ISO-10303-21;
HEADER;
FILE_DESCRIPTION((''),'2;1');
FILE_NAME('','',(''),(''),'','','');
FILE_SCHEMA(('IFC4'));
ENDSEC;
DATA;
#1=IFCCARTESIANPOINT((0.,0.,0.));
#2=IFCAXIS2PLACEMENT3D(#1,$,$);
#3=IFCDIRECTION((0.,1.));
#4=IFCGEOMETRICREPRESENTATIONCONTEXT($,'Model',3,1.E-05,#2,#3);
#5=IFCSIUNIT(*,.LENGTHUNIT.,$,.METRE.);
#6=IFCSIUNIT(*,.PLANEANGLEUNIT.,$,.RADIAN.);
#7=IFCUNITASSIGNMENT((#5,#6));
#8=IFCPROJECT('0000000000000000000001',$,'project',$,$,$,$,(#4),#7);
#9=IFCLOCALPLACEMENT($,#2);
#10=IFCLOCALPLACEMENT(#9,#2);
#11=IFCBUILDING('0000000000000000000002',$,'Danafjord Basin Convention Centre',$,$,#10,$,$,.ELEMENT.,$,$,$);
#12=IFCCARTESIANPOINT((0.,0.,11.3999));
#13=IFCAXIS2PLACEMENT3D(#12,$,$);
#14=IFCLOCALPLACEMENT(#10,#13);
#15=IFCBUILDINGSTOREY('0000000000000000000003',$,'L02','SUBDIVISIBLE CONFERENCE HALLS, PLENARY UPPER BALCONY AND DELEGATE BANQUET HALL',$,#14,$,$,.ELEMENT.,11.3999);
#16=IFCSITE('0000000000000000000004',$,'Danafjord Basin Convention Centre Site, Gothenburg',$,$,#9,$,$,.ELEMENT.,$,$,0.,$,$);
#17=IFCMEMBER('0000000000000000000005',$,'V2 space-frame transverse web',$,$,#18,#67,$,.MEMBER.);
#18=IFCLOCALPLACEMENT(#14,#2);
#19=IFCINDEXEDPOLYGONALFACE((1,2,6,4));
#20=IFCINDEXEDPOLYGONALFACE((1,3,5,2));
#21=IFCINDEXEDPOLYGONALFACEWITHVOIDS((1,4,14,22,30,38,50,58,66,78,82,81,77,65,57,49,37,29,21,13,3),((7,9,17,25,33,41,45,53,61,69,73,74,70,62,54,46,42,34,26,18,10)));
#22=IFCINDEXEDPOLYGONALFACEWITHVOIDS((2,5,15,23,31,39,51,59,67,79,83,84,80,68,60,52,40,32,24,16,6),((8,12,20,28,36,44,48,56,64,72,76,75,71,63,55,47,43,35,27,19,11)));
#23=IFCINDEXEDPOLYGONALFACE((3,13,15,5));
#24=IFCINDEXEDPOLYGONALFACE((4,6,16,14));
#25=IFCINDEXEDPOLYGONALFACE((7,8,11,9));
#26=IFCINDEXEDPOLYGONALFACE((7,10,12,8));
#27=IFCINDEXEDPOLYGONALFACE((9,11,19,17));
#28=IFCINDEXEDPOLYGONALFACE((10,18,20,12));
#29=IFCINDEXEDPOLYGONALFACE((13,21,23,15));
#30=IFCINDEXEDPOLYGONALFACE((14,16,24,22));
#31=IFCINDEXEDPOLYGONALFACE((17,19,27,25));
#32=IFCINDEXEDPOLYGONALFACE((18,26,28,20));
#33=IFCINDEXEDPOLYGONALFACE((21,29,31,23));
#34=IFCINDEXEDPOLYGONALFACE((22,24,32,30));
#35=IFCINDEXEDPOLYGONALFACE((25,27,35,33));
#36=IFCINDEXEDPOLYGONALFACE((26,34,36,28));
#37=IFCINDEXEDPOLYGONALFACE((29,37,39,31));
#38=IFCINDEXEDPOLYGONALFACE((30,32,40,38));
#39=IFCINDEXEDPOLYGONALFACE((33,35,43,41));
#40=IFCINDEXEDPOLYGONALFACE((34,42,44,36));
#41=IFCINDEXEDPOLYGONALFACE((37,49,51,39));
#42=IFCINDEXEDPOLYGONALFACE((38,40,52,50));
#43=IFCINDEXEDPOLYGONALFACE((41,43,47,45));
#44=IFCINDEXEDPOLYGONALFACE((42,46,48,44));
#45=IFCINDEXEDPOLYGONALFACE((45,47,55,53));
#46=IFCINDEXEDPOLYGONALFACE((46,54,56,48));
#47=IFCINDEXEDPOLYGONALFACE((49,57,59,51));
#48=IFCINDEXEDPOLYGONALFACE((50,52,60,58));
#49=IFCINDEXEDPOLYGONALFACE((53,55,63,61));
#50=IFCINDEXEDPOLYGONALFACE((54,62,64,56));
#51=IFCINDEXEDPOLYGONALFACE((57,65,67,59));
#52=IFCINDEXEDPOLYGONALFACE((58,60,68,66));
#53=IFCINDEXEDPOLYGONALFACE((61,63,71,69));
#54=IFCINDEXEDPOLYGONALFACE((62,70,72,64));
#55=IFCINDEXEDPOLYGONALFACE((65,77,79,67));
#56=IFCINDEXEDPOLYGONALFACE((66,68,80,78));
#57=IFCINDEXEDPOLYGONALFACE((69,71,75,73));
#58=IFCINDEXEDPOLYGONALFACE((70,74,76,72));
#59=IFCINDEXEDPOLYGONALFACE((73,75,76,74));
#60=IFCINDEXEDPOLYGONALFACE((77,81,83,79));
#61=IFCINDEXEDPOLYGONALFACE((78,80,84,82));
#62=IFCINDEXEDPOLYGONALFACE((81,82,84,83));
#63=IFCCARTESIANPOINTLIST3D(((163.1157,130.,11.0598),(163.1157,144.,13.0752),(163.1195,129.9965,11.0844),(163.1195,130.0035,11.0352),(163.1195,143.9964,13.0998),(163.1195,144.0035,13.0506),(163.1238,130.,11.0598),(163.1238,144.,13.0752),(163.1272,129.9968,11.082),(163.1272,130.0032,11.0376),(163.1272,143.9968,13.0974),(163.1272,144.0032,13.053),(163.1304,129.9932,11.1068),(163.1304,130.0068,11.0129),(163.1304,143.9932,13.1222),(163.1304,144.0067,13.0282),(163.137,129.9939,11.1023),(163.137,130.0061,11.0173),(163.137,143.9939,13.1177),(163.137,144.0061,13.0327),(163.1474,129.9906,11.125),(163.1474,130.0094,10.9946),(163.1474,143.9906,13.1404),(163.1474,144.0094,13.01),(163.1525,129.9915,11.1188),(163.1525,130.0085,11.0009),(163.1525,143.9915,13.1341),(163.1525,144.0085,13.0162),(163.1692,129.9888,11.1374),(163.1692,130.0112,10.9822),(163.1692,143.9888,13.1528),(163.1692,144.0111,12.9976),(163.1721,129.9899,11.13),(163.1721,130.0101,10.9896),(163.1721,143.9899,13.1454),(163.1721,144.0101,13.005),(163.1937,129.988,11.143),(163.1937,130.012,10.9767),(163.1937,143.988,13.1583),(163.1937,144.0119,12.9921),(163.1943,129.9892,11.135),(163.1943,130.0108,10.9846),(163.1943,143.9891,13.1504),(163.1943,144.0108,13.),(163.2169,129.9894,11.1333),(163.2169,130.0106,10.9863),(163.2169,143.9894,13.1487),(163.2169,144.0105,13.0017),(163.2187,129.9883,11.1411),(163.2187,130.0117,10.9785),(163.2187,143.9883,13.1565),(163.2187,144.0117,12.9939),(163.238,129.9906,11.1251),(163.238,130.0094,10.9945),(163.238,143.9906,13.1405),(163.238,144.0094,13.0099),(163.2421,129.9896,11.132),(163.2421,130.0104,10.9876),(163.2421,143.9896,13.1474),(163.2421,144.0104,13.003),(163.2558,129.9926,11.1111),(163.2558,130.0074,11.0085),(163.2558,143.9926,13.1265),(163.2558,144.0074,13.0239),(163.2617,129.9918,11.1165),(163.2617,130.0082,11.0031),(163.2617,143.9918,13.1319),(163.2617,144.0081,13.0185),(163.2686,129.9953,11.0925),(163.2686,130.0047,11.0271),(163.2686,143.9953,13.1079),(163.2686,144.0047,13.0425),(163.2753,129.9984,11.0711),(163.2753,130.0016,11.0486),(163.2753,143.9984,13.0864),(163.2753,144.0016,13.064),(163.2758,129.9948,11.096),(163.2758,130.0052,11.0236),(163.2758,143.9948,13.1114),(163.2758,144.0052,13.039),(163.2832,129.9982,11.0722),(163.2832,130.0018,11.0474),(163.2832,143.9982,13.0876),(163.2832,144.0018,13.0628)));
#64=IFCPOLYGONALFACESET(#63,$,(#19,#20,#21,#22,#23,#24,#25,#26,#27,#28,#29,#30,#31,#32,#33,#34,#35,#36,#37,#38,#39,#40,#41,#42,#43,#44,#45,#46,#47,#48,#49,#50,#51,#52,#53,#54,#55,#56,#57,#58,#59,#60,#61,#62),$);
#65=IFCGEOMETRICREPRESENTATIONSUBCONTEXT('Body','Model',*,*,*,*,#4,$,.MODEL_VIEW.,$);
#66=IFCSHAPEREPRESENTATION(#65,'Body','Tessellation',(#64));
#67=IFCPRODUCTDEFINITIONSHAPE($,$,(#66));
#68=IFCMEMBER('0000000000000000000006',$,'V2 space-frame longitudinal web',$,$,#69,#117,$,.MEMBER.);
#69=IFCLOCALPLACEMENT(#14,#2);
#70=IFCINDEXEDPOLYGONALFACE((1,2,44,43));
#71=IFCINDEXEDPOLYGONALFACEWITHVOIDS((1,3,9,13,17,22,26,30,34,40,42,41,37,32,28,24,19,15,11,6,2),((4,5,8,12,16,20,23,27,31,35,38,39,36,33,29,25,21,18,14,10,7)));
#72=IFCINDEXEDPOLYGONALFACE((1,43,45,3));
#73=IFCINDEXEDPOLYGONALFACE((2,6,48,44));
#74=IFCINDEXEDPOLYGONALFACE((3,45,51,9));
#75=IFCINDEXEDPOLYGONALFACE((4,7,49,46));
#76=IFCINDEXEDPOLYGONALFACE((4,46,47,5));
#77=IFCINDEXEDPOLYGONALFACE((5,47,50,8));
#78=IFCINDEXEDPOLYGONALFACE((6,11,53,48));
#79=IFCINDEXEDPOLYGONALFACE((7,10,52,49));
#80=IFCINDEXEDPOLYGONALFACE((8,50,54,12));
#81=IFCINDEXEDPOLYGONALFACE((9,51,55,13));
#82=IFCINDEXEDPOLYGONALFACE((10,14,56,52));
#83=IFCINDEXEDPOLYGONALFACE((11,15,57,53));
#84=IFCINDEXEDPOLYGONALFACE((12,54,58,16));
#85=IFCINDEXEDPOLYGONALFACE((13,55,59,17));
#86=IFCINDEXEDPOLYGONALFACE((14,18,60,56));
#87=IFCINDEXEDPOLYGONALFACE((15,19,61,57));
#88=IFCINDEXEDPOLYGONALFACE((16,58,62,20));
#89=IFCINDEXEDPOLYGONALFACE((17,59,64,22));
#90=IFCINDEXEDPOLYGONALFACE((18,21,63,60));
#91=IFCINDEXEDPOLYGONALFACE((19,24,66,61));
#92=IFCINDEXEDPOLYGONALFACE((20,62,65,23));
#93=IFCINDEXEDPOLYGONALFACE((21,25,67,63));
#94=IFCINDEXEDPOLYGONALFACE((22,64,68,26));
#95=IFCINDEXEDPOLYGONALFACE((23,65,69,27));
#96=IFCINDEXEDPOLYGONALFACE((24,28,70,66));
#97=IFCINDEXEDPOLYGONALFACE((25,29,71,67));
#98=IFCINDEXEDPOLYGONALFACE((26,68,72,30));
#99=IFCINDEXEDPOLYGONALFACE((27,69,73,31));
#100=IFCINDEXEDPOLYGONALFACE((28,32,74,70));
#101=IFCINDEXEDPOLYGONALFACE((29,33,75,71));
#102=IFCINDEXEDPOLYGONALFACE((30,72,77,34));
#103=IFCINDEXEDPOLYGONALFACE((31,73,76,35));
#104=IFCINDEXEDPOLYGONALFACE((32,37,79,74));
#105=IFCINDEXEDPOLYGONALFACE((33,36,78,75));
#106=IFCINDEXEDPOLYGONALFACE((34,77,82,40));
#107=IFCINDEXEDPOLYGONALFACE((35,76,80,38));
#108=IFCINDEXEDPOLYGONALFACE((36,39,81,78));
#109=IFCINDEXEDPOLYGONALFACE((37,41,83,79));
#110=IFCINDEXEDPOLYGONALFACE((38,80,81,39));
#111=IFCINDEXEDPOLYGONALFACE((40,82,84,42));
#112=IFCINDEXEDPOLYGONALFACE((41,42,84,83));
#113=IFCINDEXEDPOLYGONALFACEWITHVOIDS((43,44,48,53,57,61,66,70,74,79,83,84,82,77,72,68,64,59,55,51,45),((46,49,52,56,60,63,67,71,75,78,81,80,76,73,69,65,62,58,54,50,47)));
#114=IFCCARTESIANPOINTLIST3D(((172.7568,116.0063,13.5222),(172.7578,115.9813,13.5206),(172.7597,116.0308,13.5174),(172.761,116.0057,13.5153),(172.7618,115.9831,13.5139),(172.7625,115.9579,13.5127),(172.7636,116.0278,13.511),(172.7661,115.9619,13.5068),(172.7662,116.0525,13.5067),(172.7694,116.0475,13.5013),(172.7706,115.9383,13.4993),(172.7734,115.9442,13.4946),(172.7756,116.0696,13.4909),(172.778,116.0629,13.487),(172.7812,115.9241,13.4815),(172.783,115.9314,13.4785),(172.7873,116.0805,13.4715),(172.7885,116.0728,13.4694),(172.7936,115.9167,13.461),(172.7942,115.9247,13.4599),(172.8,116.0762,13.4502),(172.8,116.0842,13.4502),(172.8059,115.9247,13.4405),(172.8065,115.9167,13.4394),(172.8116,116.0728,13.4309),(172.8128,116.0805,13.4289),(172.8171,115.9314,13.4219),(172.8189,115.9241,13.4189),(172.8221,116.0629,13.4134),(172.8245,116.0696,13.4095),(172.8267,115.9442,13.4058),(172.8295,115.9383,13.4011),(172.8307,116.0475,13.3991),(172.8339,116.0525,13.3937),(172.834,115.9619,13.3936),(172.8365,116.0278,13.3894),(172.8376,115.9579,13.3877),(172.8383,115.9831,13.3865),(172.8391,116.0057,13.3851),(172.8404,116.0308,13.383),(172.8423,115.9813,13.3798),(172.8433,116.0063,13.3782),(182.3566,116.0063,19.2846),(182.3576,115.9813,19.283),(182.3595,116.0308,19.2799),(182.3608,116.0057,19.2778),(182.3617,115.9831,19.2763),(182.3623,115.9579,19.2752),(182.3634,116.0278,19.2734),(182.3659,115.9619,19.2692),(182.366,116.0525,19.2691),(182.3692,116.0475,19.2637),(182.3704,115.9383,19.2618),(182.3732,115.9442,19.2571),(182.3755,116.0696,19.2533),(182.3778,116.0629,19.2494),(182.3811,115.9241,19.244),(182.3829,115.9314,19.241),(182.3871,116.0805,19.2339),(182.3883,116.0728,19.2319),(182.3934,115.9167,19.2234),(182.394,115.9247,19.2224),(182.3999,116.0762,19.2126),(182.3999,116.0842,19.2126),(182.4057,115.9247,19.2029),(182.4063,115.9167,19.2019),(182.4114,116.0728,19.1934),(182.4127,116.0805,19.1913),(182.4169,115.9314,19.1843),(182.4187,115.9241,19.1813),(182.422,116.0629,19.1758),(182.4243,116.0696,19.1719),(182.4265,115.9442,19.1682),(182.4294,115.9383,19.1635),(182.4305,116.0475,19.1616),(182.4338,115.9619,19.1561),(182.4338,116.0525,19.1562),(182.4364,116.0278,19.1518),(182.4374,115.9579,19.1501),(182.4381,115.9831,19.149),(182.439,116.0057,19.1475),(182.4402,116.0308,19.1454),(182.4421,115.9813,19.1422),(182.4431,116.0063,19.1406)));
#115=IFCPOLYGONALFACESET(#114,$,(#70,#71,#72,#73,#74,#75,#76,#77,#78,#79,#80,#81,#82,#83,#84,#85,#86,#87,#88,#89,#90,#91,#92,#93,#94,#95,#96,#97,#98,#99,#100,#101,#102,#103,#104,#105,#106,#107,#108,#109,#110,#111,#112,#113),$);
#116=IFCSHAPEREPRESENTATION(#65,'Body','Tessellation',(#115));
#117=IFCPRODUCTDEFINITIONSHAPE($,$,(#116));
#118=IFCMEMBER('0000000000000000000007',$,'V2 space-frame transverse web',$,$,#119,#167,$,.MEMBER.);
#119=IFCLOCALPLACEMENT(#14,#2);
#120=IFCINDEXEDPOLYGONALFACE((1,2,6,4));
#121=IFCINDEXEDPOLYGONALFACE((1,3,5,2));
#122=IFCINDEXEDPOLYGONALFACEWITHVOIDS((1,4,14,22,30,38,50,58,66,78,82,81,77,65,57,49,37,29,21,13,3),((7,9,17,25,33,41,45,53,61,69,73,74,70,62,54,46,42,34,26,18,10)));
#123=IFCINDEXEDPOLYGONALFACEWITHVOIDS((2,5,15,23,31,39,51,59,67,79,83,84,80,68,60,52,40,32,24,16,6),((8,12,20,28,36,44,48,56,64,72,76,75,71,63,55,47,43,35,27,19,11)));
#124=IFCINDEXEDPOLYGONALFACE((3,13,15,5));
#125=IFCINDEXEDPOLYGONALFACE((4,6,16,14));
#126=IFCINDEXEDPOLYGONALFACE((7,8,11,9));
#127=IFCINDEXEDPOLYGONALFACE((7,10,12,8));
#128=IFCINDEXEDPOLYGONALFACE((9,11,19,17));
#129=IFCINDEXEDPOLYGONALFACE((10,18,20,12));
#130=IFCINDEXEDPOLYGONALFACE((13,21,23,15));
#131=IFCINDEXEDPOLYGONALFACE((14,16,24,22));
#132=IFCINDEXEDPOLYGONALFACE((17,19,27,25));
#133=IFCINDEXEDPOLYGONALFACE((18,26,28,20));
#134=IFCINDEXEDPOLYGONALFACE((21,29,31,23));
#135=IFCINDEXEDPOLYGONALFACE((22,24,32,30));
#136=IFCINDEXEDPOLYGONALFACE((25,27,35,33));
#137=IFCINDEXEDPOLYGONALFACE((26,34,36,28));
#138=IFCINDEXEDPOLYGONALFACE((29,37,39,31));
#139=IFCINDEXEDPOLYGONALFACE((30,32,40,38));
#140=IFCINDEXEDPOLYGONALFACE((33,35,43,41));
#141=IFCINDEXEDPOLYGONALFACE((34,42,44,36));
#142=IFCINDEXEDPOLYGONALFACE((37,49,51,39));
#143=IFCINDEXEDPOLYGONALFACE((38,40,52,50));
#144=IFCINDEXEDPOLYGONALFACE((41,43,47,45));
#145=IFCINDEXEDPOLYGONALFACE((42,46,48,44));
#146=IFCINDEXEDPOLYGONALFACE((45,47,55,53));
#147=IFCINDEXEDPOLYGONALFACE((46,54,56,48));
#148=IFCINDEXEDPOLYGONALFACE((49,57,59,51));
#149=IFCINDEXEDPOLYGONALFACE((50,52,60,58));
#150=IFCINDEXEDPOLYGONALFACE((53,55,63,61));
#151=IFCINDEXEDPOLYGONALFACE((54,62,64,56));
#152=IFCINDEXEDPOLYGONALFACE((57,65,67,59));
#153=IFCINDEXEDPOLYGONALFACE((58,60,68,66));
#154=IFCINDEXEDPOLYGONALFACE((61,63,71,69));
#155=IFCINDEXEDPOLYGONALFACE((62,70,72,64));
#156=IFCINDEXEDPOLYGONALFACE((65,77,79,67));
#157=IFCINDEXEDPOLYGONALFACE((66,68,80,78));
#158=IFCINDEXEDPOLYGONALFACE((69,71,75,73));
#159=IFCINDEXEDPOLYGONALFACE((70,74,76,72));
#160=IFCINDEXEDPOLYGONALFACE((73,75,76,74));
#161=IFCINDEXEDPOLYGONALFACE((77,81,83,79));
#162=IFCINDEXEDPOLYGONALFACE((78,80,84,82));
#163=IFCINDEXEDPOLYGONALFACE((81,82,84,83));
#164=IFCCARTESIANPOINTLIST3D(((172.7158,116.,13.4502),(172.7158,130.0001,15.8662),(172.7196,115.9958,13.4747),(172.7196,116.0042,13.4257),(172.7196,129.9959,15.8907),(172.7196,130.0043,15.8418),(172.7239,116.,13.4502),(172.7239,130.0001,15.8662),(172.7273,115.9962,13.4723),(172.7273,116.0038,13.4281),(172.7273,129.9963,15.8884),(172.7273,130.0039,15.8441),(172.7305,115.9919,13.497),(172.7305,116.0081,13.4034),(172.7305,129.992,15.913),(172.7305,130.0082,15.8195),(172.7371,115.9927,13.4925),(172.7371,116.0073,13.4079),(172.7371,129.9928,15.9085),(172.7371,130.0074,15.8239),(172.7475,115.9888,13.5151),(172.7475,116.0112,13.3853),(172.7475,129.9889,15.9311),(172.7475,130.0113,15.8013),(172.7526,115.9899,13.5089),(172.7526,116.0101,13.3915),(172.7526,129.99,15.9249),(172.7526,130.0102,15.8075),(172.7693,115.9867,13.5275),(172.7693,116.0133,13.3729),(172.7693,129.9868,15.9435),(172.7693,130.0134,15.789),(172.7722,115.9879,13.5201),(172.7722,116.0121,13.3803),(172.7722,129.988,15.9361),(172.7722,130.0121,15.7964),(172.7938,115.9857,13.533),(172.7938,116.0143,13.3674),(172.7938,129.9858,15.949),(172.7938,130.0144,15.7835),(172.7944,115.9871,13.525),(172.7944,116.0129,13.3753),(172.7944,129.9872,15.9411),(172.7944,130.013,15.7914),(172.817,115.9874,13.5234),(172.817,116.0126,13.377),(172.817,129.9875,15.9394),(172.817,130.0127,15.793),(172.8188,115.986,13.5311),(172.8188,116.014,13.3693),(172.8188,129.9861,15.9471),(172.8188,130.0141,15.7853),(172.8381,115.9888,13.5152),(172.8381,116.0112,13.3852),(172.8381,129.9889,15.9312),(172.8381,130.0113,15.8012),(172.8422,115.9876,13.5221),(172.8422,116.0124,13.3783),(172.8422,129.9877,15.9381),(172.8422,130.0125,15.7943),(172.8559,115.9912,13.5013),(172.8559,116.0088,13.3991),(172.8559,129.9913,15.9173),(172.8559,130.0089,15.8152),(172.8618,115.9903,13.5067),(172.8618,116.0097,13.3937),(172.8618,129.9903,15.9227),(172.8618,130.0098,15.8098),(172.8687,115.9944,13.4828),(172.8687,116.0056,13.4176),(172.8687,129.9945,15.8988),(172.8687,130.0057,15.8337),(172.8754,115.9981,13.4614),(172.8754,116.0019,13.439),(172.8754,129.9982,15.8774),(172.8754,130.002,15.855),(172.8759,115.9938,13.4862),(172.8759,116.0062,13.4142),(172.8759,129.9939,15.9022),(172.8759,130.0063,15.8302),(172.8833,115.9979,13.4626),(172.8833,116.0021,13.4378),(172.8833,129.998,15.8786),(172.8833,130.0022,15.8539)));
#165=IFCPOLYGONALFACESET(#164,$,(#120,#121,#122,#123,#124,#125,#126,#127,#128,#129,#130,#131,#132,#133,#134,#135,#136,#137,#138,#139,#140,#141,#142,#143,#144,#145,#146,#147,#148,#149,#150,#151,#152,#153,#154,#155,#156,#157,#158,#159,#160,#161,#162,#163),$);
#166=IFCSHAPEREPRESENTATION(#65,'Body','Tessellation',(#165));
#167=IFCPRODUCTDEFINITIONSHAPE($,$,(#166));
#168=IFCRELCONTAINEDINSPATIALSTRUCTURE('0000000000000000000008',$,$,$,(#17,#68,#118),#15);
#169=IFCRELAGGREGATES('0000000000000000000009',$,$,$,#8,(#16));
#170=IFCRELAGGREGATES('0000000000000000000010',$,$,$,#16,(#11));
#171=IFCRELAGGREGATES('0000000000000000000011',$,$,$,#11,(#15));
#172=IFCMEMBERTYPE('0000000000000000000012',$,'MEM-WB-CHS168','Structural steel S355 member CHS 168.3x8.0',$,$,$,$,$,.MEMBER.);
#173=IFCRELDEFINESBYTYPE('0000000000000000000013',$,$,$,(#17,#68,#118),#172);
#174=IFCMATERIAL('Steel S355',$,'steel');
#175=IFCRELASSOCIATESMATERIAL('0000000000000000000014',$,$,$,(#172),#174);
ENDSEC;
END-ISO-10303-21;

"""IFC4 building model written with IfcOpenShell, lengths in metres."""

from ifc_helpers import new_model, si_unit, direction, frame, origin, origin_2d, place, context, subcontext, project, spatial, hollow_circle, extrude, material, material_profile, profile_set, type_object, element, save


model = new_model("IFC4")

# Units and contexts
model_context = context("Model", 3, precision=1e-05, world=origin(), true_north=direction((0.0, 1.0)))
body_context = subcontext(model_context, "Body", "Model", "MODEL_VIEW")
ifc_project = project(units=[si_unit("LENGTHUNIT", "METRE"), si_unit("PLANEANGLEUNIT", "RADIAN")], contexts=[model_context])

# Site, building, storey
site_placement = place(None, origin())
site = spatial("IfcSite", under=ifc_project, at=site_placement, Name="Danafjord Basin Convention Centre Site, Gothenburg", CompositionType="ELEMENT", RefElevation=0.0)
building_placement = place(site_placement, origin())
building = spatial("IfcBuilding", under=site, at=building_placement, Name="Danafjord Basin Convention Centre", CompositionType="ELEMENT")
storey_placement = place(building_placement, frame((0.0, 0.0, 11.3999)))
storey = spatial("IfcBuildingStorey", under=building, at=storey_placement, Name="L02", Description="SUBDIVISIBLE CONFERENCE HALLS, PLENARY UPPER BALCONY AND DELEGATE BANQUET HALL", CompositionType="ELEMENT", Elevation=11.3999)

# Shared definitions
ifc_material_1 = material(Name="Steel S355", Category="steel")

# Members
ifc_material_profile_1 = material_profile(ifc_material_1, hollow_circle(Radius=0.0842, WallThickness=0.0081, at=origin_2d()), Name="CHS 168.3x8.0")
ifc_profile_set_1 = profile_set([ifc_material_profile_1], Name="Steel S355")
member_type_1 = type_object("IfcMemberType", Name="MEM-WB-CHS168", Description="Structural steel S355 member CHS 168.3x8.0", PredefinedType="MEMBER", material=ifc_profile_set_1)
member_1_placement = place(storey_placement, frame((163.2, 130.0, 11.0598), z_axis=(0.0, 0.989797, 0.142487), x_axis=(-1.0, 0.0, 0.0)))
element("IfcMember", 1, at=member_1_placement, inside=storey, type_object=member_type_1, Name="V2 space-frame transverse web", PredefinedType="MEMBER", context=body_context, shape_type="SweptSolid", body=[
    extrude(hollow_circle(Radius=0.0842, WallThickness=0.0081, at=origin_2d()), origin(), (0.0, 0.0, 1.0), 14.1443),
])
member_2_placement = place(storey_placement, frame((172.8, 116.0, 13.4502), z_axis=(0.857393, 0.0, 0.514662), x_axis=(0.0, 1.0, 0.0)))
element("IfcMember", 2, at=member_2_placement, inside=storey, type_object=member_type_1, Name="V2 space-frame longitudinal web", PredefinedType="MEMBER", context=body_context, shape_type="SweptSolid", body=[
    extrude(hollow_circle(Radius=0.0842, WallThickness=0.0081, at=origin_2d()), origin(), (0.0, 0.0, 1.0), 11.1965),
])
member_3_placement = place(storey_placement, frame((172.8, 116.0, 13.4502), z_axis=(0.0, 0.985434, 0.170059), x_axis=(-1.0, 0.0, 0.0)))
element("IfcMember", 3, at=member_3_placement, inside=storey, type_object=member_type_1, Name="V2 space-frame transverse web", PredefinedType="MEMBER", context=body_context, shape_type="SweptSolid", body=[
    extrude(hollow_circle(Radius=0.0842, WallThickness=0.0081, at=origin_2d()), origin(), (0.0, 0.0, 1.0), 14.207),
])

save(model, "model.ifc")
